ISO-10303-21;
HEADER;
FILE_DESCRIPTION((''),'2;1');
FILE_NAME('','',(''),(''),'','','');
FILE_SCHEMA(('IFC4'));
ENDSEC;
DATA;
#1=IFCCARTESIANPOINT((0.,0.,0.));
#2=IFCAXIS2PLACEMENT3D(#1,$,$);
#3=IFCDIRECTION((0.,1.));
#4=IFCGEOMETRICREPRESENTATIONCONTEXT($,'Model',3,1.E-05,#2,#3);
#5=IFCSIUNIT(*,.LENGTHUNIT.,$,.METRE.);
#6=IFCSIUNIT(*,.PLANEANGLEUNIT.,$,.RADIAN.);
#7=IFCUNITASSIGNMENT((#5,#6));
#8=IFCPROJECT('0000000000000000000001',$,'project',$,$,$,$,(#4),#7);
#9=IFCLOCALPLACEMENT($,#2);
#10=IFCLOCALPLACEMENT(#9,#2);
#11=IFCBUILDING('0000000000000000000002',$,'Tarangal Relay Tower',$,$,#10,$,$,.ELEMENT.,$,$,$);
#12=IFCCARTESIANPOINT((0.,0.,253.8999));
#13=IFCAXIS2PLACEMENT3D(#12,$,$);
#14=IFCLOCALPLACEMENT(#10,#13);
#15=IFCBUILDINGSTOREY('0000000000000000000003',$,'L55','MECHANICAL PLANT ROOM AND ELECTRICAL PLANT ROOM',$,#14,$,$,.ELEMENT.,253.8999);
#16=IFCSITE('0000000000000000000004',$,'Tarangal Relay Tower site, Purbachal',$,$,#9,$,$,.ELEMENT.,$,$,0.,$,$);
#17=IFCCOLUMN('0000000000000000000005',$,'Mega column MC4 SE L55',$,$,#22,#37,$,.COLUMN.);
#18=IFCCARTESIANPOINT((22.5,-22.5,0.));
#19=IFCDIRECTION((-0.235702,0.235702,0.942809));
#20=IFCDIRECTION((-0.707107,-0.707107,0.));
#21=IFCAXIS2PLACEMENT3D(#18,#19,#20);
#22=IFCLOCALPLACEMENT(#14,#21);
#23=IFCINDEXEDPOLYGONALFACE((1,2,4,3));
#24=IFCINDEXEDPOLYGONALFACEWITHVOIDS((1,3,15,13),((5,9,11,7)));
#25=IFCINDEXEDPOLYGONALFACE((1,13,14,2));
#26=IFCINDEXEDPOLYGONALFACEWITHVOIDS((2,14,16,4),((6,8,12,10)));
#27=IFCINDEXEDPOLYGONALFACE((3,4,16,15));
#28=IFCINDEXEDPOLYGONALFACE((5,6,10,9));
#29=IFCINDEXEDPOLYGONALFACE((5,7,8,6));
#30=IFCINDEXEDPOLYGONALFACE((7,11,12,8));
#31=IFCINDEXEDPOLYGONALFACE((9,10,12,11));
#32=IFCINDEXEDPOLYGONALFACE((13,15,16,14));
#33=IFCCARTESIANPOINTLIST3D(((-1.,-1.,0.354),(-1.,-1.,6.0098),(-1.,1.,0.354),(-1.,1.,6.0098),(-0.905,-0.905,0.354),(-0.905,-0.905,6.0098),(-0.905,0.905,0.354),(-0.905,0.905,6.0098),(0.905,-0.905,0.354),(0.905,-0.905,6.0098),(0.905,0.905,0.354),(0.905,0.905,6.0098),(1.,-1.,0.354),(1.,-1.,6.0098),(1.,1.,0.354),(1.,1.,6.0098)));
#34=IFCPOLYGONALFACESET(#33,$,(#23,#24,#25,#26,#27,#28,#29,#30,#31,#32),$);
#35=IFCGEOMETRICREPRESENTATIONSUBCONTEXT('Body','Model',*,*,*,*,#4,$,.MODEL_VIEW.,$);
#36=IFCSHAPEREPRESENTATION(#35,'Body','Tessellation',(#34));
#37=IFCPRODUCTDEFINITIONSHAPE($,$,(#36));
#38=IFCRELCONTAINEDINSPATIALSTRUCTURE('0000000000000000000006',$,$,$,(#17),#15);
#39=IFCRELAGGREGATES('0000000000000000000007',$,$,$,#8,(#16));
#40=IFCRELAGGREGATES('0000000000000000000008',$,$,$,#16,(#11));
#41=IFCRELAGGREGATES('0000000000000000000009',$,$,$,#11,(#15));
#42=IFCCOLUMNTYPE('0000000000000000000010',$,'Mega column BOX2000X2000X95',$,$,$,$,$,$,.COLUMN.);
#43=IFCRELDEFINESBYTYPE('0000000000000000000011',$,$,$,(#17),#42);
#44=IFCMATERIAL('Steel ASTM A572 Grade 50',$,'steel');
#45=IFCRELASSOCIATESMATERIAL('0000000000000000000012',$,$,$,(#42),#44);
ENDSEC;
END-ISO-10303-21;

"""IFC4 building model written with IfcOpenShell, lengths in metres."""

from ifc_helpers import new_model, si_unit, direction, frame, origin, origin_2d, place, context, subcontext, project, spatial, hollow_rectangle, extrude, clip, halfspace, material, material_profile, profile_set, type_object, element, save


model = new_model("IFC4")

# Units and contexts
model_context = context("Model", 3, precision=1e-05, world=origin(), true_north=direction((0.0, 1.0)))
body_context = subcontext(model_context, "Body", "Model", "MODEL_VIEW")
ifc_project = project(units=[si_unit("LENGTHUNIT", "METRE"), si_unit("PLANEANGLEUNIT", "RADIAN")], contexts=[model_context])

# Site, building, storey
site_placement = place(None, origin())
site = spatial("IfcSite", under=ifc_project, at=site_placement, Name="Tarangal Relay Tower site, Purbachal", CompositionType="ELEMENT", RefElevation=0.0)
building_placement = place(site_placement, origin())
building = spatial("IfcBuilding", under=site, at=building_placement, Name="Tarangal Relay Tower", CompositionType="ELEMENT")
storey_placement = place(building_placement, frame((0.0, 0.0, 253.8999)))
storey = spatial("IfcBuildingStorey", under=building, at=storey_placement, Name="L55", Description="MECHANICAL PLANT ROOM AND ELECTRICAL PLANT ROOM", CompositionType="ELEMENT", Elevation=253.8999)

# Column
ifc_material_1 = material(Name="Steel ASTM A572 Grade 50", Category="steel")
ifc_material_profile_1 = material_profile(ifc_material_1, hollow_rectangle(XDim=2.0, YDim=2.0, WallThickness=0.095, at=origin_2d()), Name="BOX2000X2000X95")
ifc_profile_set_1 = profile_set([ifc_material_profile_1], Name="Steel ASTM A572 Grade 50")
column_type = type_object("IfcColumnType", Name="Mega column BOX2000X2000X95", PredefinedType="COLUMN", material=ifc_profile_set_1)
column_placement = place(storey_placement, frame((22.5, -22.5, 0.0), z_axis=(-0.235702, 0.235702, 0.942809), x_axis=(-0.707107, -0.707107, 0.0)))
element("IfcColumn", 1, at=column_placement, inside=storey, type_object=column_type, Name="Mega column MC4 SE L55", PredefinedType="COLUMN", context=body_context, shape_type="Clipping", body=[
    clip(clip(extrude(hollow_rectangle(XDim=2.0, YDim=2.0, WallThickness=0.095, at=origin_2d()), origin(), (0.0, 0.0, 1.0), 6.364), halfspace(frame((0.0, 0.0, 0.354)), True)), halfspace(frame((0.0, 0.0, 6.0098)), False)),
])

save(model, "model.ifc")
